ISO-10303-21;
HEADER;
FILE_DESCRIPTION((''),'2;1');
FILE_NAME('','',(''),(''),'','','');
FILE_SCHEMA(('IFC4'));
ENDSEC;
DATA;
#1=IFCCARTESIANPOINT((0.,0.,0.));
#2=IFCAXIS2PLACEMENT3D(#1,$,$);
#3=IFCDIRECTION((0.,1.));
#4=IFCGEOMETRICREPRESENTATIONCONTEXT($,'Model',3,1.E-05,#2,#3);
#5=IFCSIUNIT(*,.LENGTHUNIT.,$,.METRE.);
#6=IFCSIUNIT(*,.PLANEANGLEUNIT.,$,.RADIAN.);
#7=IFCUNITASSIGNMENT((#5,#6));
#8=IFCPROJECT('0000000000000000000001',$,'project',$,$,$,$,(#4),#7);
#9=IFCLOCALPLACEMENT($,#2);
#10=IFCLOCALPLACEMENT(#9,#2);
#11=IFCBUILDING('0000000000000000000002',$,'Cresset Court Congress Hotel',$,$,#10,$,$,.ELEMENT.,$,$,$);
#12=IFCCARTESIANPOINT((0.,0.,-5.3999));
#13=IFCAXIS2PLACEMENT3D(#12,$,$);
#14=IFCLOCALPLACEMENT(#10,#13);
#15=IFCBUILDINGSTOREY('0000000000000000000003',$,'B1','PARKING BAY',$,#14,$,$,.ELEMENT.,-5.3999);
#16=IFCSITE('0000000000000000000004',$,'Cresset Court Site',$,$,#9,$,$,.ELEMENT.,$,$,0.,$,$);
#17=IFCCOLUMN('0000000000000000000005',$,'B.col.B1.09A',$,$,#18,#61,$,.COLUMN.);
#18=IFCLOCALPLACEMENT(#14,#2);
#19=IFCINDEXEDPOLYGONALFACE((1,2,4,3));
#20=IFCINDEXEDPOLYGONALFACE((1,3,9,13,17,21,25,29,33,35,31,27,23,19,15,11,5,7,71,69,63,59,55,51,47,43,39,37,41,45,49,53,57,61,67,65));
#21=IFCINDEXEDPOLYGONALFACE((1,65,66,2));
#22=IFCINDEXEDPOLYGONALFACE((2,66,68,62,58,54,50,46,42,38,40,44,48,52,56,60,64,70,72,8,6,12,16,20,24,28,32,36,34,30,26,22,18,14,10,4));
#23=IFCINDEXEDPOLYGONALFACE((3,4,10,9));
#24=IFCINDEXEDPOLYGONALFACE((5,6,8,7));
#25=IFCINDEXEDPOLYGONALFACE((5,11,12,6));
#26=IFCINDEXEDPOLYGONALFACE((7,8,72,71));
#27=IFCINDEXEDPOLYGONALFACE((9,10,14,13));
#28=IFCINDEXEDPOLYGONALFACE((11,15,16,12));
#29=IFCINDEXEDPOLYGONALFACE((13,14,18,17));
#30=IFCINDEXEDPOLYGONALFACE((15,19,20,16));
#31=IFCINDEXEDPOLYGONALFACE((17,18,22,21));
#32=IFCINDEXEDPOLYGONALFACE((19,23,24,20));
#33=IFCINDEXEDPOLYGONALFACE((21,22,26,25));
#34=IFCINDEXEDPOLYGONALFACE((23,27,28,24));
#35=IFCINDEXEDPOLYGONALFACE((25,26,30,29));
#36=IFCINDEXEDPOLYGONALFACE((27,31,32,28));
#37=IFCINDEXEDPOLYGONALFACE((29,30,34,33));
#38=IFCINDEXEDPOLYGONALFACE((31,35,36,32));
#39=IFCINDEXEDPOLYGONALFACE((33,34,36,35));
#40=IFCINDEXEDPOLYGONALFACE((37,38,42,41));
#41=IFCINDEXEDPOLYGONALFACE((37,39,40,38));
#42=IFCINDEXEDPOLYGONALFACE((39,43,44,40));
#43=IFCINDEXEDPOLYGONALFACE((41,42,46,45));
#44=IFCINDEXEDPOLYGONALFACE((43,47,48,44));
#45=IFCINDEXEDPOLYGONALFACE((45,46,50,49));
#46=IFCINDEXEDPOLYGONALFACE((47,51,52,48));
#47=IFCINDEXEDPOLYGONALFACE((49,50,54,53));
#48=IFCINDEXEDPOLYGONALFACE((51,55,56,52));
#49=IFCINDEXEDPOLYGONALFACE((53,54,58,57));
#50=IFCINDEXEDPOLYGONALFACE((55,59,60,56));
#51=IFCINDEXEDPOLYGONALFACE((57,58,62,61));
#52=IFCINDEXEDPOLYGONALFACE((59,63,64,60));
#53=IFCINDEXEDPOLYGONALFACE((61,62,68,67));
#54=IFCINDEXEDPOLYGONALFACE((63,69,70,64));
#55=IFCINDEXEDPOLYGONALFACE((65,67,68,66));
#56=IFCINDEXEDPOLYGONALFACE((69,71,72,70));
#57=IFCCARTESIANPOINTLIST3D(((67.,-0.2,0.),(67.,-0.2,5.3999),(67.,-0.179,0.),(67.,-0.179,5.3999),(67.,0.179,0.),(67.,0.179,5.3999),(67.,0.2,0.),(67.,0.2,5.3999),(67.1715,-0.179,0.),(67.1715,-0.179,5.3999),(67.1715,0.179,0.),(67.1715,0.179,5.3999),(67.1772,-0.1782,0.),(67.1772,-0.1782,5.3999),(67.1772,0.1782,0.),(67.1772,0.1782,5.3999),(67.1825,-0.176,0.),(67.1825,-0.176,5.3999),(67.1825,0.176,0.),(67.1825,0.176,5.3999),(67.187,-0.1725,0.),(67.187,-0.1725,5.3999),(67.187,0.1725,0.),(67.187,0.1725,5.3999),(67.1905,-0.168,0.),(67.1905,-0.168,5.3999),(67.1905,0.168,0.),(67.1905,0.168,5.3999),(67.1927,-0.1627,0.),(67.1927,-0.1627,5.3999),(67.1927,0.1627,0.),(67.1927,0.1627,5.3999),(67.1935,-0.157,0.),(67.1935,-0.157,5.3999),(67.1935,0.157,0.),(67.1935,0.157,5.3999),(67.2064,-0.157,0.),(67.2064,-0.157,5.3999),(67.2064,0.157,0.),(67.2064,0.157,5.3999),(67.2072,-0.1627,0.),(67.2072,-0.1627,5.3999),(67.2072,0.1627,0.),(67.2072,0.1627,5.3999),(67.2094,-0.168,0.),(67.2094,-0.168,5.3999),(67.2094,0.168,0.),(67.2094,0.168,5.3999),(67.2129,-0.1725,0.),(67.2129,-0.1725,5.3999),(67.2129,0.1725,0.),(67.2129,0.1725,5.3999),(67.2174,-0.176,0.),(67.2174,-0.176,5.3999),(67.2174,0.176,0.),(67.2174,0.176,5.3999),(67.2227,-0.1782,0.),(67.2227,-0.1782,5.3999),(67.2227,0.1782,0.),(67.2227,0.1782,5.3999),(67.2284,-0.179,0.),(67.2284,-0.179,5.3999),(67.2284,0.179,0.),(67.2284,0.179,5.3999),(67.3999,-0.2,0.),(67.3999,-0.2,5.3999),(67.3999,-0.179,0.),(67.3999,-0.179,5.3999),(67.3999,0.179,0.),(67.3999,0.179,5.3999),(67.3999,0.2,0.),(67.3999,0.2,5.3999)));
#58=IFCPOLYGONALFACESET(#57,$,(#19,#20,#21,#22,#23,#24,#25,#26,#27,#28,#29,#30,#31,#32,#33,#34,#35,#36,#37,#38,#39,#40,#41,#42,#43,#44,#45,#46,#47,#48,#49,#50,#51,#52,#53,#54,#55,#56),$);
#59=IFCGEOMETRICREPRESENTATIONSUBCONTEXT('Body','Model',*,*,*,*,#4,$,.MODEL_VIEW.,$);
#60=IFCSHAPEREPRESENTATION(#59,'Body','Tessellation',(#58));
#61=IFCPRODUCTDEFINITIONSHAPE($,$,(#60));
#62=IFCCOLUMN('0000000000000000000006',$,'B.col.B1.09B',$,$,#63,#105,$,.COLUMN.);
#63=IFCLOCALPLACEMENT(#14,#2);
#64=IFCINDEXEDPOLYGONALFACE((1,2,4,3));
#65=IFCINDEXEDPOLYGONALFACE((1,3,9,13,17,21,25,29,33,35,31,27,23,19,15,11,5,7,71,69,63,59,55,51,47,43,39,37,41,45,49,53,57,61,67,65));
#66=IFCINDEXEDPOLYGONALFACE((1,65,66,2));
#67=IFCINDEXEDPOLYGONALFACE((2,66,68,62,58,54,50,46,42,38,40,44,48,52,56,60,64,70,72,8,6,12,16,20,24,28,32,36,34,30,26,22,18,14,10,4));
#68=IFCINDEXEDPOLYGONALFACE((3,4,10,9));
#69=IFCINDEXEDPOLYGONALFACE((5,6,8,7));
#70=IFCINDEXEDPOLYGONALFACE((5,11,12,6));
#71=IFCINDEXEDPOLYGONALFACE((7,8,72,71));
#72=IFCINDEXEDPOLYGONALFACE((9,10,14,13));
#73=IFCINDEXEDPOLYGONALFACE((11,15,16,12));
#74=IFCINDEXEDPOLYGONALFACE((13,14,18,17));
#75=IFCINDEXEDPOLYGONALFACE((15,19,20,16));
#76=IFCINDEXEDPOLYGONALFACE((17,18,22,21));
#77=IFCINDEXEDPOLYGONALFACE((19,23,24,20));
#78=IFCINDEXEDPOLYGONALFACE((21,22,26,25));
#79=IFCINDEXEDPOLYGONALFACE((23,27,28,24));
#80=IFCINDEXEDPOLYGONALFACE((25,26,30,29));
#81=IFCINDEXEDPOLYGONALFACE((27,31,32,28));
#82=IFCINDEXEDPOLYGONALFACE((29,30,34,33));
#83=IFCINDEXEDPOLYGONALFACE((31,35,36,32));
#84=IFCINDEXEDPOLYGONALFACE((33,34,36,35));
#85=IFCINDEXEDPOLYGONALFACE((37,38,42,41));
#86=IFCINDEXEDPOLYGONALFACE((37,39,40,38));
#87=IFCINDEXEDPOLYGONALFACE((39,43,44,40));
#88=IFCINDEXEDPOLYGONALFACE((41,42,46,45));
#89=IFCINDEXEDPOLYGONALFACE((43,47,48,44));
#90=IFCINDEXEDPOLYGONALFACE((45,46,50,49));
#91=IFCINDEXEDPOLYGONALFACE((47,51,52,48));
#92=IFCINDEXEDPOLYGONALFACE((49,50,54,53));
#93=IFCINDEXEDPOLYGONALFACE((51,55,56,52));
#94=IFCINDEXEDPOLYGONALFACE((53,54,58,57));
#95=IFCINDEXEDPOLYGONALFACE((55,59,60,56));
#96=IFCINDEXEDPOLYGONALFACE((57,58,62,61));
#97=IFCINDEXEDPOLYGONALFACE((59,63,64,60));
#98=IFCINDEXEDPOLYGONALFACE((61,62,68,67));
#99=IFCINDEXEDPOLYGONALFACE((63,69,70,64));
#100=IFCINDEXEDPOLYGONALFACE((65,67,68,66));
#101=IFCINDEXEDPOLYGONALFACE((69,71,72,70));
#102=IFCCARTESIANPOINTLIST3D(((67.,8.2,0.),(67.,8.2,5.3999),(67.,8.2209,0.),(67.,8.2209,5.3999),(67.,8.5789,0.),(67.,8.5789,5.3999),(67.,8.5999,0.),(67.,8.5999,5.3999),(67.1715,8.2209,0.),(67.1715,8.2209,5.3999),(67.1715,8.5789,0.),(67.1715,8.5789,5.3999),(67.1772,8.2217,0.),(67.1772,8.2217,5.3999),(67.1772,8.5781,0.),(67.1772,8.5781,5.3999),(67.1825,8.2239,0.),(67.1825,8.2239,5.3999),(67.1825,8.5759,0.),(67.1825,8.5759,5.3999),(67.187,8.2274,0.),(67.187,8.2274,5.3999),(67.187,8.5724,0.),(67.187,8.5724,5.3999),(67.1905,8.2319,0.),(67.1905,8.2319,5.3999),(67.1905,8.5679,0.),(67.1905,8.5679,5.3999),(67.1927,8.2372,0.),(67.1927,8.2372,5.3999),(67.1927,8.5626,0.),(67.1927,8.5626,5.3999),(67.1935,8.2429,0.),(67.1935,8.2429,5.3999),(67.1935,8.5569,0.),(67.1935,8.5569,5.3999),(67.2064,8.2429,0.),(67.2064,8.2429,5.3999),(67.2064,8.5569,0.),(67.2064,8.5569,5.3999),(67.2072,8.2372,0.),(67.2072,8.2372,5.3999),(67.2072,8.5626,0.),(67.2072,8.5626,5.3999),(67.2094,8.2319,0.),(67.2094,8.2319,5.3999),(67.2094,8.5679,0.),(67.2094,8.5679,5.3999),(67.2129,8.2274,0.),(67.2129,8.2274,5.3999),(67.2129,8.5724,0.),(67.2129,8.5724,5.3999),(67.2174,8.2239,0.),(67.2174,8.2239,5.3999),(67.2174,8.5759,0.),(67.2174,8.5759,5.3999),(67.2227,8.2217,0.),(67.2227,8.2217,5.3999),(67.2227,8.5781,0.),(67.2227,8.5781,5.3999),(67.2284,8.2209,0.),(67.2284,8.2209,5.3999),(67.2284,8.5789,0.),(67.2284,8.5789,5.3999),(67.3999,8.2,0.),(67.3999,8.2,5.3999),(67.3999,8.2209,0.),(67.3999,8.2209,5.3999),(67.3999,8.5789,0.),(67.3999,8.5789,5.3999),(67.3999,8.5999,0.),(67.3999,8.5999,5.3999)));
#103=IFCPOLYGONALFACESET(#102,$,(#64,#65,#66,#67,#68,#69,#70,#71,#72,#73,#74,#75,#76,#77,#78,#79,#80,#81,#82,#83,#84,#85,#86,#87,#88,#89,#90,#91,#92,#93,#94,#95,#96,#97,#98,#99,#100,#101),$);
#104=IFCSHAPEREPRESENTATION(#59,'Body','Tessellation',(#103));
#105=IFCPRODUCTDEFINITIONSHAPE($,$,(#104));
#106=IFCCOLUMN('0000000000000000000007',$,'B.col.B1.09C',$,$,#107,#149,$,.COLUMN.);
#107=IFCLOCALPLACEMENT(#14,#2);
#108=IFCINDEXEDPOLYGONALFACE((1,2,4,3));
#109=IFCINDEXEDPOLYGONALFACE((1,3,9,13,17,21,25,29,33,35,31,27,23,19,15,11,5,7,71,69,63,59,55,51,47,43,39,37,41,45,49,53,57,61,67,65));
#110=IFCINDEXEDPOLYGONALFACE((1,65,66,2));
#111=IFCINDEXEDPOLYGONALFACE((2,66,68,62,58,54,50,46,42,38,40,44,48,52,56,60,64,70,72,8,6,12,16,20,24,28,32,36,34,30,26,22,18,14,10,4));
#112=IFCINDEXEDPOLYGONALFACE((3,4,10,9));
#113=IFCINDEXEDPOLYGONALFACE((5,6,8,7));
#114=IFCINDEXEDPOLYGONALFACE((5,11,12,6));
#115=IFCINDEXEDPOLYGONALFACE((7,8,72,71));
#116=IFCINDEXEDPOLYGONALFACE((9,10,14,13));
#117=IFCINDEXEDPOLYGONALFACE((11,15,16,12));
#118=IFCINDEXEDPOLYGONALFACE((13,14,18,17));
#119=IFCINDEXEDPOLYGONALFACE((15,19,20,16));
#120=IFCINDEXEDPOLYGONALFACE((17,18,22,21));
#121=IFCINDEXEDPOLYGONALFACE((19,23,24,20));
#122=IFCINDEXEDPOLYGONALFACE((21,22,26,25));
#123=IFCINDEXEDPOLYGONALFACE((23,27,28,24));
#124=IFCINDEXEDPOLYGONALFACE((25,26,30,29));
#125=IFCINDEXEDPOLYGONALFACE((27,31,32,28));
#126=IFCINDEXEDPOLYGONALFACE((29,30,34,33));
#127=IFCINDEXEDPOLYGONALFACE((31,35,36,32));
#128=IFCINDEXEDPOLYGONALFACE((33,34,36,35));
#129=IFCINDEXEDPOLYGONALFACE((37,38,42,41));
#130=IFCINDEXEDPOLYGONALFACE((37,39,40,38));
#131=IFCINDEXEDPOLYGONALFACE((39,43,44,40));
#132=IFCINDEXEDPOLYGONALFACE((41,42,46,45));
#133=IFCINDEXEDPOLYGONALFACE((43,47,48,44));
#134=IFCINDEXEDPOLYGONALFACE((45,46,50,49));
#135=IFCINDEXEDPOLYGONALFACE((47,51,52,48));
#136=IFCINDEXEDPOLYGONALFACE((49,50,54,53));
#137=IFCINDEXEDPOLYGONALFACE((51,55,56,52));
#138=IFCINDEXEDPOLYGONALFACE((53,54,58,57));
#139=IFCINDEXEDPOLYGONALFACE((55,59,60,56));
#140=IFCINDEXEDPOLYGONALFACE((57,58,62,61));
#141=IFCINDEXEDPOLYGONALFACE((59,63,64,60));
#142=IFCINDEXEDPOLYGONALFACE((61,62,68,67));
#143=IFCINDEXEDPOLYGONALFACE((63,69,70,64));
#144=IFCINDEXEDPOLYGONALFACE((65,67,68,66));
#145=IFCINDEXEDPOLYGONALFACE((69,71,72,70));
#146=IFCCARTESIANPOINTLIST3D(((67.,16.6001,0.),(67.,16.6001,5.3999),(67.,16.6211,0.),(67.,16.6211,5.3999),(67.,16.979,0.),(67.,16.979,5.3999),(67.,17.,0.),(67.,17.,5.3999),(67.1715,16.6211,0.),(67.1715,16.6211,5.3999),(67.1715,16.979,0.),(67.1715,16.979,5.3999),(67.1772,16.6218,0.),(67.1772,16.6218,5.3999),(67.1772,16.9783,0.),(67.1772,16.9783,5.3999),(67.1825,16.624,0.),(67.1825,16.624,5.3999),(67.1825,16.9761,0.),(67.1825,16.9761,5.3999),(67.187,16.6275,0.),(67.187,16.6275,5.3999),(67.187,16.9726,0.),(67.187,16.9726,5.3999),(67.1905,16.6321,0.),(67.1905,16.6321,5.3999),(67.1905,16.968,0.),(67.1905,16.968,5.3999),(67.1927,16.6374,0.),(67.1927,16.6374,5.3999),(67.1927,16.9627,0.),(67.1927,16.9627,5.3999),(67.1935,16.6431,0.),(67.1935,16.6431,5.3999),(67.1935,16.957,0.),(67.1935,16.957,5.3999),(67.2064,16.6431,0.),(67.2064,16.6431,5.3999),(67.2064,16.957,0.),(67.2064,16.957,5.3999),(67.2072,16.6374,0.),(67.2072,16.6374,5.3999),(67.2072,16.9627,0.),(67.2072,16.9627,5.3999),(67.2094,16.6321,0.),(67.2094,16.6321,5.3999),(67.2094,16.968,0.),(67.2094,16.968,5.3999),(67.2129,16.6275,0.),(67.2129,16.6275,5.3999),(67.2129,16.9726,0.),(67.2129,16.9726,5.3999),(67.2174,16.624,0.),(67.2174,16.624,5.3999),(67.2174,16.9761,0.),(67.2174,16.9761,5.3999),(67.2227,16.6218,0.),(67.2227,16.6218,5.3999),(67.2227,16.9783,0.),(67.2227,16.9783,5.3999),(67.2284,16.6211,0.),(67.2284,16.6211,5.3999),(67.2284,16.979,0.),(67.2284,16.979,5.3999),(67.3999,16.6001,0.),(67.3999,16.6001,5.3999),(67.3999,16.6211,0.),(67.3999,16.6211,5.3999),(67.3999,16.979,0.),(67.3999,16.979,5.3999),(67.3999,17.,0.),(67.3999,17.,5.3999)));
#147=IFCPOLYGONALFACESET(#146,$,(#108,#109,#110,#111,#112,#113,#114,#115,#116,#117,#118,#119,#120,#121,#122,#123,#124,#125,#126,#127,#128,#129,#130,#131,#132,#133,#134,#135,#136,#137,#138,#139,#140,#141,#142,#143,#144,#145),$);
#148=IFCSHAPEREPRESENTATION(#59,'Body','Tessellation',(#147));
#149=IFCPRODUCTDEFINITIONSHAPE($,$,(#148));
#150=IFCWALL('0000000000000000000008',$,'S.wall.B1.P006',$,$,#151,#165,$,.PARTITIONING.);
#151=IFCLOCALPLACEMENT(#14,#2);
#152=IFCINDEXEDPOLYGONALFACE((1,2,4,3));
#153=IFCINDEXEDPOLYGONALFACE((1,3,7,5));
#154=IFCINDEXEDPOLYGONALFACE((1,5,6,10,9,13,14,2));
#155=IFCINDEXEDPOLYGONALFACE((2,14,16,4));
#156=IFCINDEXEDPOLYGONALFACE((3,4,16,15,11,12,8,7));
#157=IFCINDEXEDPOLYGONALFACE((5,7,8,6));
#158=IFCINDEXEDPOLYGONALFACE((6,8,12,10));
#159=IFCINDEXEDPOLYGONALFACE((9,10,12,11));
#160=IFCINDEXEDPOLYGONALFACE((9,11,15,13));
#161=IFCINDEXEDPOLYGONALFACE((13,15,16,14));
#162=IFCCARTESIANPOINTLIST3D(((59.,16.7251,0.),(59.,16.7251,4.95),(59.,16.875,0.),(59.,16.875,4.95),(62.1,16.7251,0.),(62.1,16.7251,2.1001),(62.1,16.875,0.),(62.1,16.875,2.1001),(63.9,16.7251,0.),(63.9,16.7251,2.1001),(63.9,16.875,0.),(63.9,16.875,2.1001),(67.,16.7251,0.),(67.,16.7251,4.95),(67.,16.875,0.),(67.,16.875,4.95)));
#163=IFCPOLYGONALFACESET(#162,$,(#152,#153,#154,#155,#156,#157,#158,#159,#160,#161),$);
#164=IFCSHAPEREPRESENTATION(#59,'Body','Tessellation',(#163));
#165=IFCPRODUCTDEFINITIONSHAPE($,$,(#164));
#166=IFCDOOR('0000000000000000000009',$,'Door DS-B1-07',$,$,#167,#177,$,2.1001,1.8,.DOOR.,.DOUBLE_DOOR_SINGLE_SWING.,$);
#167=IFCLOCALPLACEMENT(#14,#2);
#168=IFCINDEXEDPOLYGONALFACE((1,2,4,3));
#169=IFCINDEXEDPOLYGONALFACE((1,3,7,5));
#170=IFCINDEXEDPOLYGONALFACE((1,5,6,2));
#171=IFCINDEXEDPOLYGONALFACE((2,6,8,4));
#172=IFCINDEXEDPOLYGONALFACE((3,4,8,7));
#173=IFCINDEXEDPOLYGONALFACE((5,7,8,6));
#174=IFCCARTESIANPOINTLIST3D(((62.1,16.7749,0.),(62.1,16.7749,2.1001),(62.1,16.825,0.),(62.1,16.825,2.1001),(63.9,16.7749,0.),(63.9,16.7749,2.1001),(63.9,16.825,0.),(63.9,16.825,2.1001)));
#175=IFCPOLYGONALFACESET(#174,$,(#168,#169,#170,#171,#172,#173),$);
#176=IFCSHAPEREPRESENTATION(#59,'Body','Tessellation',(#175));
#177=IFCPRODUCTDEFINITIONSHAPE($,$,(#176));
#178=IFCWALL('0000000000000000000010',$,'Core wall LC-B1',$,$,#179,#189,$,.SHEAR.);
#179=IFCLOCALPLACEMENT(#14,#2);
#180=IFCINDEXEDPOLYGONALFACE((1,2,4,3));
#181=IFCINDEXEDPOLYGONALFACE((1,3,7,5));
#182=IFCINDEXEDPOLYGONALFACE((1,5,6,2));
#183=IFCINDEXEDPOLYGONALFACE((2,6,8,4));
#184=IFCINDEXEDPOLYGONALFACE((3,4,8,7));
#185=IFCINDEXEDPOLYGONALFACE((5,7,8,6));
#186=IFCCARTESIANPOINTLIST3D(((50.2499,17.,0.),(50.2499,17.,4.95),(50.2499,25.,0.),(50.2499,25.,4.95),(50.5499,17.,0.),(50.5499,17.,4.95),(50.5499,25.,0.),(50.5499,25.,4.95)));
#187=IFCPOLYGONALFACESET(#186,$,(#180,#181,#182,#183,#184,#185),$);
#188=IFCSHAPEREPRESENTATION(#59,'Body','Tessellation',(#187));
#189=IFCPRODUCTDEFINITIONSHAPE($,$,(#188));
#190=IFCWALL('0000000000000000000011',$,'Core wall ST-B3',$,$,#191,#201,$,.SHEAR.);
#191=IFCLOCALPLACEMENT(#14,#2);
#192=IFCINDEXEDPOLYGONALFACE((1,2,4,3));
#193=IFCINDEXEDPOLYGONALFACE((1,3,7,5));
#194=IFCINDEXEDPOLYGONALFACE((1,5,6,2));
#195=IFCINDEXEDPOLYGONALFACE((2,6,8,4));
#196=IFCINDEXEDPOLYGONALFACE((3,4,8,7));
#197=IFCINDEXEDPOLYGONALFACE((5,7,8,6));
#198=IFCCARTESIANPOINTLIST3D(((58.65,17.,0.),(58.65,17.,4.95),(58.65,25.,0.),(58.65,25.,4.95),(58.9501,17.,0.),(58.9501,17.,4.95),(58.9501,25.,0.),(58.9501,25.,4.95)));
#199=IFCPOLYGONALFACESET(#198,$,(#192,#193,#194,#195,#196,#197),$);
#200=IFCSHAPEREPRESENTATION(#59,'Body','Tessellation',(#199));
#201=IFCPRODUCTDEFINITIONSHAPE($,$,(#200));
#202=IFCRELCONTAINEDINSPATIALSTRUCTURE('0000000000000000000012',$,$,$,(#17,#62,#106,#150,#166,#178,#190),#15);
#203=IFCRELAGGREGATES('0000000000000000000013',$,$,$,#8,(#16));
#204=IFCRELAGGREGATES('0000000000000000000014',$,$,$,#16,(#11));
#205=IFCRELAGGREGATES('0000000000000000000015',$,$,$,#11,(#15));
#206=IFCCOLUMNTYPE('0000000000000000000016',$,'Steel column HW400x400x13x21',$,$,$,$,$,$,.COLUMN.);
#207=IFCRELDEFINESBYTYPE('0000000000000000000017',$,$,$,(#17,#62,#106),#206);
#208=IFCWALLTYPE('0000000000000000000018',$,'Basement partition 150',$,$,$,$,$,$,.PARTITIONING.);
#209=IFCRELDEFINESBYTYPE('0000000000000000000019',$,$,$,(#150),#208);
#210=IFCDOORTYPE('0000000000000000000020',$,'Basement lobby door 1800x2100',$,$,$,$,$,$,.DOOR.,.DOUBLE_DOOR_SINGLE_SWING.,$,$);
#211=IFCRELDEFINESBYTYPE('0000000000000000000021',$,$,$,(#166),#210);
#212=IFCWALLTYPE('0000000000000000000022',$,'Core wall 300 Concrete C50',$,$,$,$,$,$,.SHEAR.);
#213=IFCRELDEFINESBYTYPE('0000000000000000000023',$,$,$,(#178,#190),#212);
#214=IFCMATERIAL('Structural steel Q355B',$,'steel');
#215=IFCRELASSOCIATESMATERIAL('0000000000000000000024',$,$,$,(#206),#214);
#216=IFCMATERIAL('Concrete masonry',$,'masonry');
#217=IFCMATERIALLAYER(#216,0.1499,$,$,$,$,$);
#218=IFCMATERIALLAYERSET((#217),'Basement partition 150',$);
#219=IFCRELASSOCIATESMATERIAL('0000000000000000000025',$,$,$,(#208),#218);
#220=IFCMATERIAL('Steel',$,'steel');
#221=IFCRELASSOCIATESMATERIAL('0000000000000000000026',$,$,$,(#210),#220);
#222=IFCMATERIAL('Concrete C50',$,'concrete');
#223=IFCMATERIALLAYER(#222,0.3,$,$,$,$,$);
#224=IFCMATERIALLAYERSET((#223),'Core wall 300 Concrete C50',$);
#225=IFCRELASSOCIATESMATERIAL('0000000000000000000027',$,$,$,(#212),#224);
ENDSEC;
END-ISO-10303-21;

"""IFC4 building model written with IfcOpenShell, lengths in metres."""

from ifc_helpers import new_model, si_unit, direction, frame, frame_2d, origin, origin_2d, place, context, subcontext, project, spatial, rectangle, i_section, extrude, material, layer, layer_set, material_profile, profile_set, type_object, element, fill, save


model = new_model("IFC4")

# Units and contexts
model_context = context("Model", 3, precision=1e-05, world=origin(), true_north=direction((0.0, 1.0)))
body_context = subcontext(model_context, "Body", "Model", "MODEL_VIEW")
ifc_project = project(units=[si_unit("LENGTHUNIT", "METRE"), si_unit("PLANEANGLEUNIT", "RADIAN")], contexts=[model_context])

# Site, building, storey
site_placement = place(None, origin())
site = spatial("IfcSite", under=ifc_project, at=site_placement, Name="Cresset Court Site", CompositionType="ELEMENT", RefElevation=0.0)
building_placement = place(site_placement, origin())
building = spatial("IfcBuilding", under=site, at=building_placement, Name="Cresset Court Congress Hotel", CompositionType="ELEMENT")
storey_placement = place(building_placement, frame((0.0, 0.0, -5.3999)))
storey = spatial("IfcBuildingStorey", under=building, at=storey_placement, Name="B1", Description="PARKING BAY", CompositionType="ELEMENT", Elevation=-5.3999)

# Columns
ifc_material_1 = material(Name="Structural steel Q355B", Category="steel")
ifc_material_profile = material_profile(ifc_material_1, i_section(OverallWidth=0.3999, OverallDepth=0.3999, WebThickness=0.0129, FlangeThickness=0.021, FilletRadius=0.022, at=origin_2d()), Name="HW400x400x13x21")
ifc_profile_set = profile_set([ifc_material_profile], Name="Structural steel Q355B")
column_type = type_object("IfcColumnType", Name="Steel column HW400x400x13x21", PredefinedType="COLUMN", material=ifc_profile_set)
for number, where, z_axis, x_axis, name in (
    (1, (67.2, 0.0, 0.0), (0.0, 0.0, 1.0), (1.0, 0.0, 0.0), "B.col.B1.09A"),
    (2, (67.2, 8.3999, 0.0), (0.0, 0.0, 1.0), (1.0, 0.0, 0.0), "B.col.B1.09B"),
    (3, (67.2, 16.8, 0.0), (0.0, 0.0, 1.0), (1.0, 0.0, 0.0), "B.col.B1.09C"),
):
    element("IfcColumn", number, at=place(storey_placement, frame(where, z_axis=z_axis, x_axis=x_axis)), inside=storey, type_object=column_type, Name=name, PredefinedType="COLUMN", context=body_context, shape_type="SweptSolid", body=[
        extrude(i_section(OverallWidth=0.3999, OverallDepth=0.3999, WebThickness=0.0129, FlangeThickness=0.021, FilletRadius=0.022, at=origin_2d()), origin(), (0.0, 0.0, 1.0), 5.3999),
    ])

# Wall, opening, door
ifc_material_2 = material(Name="Concrete masonry", Category="masonry")
ifc_layer_1 = layer(ifc_material_2, 0.1499)
ifc_layer_set_1 = layer_set([ifc_layer_1], Name="Basement partition 150")
wall_type_1 = type_object("IfcWallType", Name="Basement partition 150", PredefinedType="PARTITIONING", material=ifc_layer_set_1)
wall_placement = place(storey_placement, frame((59.0, 16.8, 0.0), z_axis=(0.0, 0.0, 1.0), x_axis=(1.0, 0.0, 0.0)))
wall = element("IfcWall", 4, at=wall_placement, inside=storey, type_object=wall_type_1, Name="S.wall.B1.P006", PredefinedType="PARTITIONING", context=body_context, shape_type="SweptSolid", body=[
    extrude(rectangle(XDim=8.0, YDim=0.1499, at=frame_2d((4.0, 0.0))), origin(), (0.0, 0.0, 1.0), 4.95),
])
opening_placement = place(wall_placement, frame((3.1001, 0.0, 0.0)))
opening = element("IfcOpeningElement", 5, at=opening_placement, cuts=wall, PredefinedType="OPENING", context=body_context, shape_type="SweptSolid", body=[
    extrude(rectangle(XDim=1.8, YDim=2.1001, at=frame_2d((0.8999, 1.05))), frame((0.0, 0.085, 0.0), z_axis=(0.0, -1.0, 0.0), x_axis=(1.0, 0.0, 0.0)), (0.0, 0.0, 1.0), 0.1699),
])
ifc_material_3 = material(Name="Steel", Category="steel")
door_type = type_object("IfcDoorType", Name="Basement lobby door 1800x2100", OperationType="DOUBLE_DOOR_SINGLE_SWING", PredefinedType="DOOR", material=ifc_material_3)
door_placement = place(opening_placement, origin())
door = element("IfcDoor", 6, at=door_placement, inside=storey, type_object=door_type, Name="Door DS-B1-07", OperationType="DOUBLE_DOOR_SINGLE_SWING", OverallHeight=2.1001, OverallWidth=1.8, PredefinedType="DOOR", context=body_context, shape_type="SweptSolid", body=[
    extrude(rectangle(XDim=1.8, YDim=2.1001, at=frame_2d((0.8999, 1.05))), frame((0.0, 0.0249, 0.0), z_axis=(0.0, -1.0, 0.0), x_axis=(1.0, 0.0, 0.0)), (0.0, 0.0, 1.0), 0.05),
])
fill(opening, door)

# Walls
ifc_material_4 = material(Name="Concrete C50", Category="concrete")
ifc_layer_2 = layer(ifc_material_4, 0.3)
ifc_layer_set_2 = layer_set([ifc_layer_2], Name="Core wall 300 Concrete C50")
wall_type_2 = type_object("IfcWallType", Name="Core wall 300 Concrete C50", PredefinedType="SHEAR", material=ifc_layer_set_2)
for number, where, z_axis, x_axis, name in (
    (7, (50.3999, 17.0, 0.0), (0.0, 0.0, 1.0), (0.0, 1.0, 0.0), "Core wall LC-B1"),
    (8, (58.8, 17.0, 0.0), (0.0, 0.0, 1.0), (0.0, 1.0, 0.0), "Core wall ST-B3"),
):
    element("IfcWall", number, at=place(storey_placement, frame(where, z_axis=z_axis, x_axis=x_axis)), inside=storey, type_object=wall_type_2, Name=name, PredefinedType="SHEAR", context=body_context, shape_type="SweptSolid", body=[
        extrude(rectangle(XDim=8.0, YDim=0.3, at=frame_2d((4.0, 0.0))), origin(), (0.0, 0.0, 1.0), 4.95),
    ])

save(model, "model.ifc")
